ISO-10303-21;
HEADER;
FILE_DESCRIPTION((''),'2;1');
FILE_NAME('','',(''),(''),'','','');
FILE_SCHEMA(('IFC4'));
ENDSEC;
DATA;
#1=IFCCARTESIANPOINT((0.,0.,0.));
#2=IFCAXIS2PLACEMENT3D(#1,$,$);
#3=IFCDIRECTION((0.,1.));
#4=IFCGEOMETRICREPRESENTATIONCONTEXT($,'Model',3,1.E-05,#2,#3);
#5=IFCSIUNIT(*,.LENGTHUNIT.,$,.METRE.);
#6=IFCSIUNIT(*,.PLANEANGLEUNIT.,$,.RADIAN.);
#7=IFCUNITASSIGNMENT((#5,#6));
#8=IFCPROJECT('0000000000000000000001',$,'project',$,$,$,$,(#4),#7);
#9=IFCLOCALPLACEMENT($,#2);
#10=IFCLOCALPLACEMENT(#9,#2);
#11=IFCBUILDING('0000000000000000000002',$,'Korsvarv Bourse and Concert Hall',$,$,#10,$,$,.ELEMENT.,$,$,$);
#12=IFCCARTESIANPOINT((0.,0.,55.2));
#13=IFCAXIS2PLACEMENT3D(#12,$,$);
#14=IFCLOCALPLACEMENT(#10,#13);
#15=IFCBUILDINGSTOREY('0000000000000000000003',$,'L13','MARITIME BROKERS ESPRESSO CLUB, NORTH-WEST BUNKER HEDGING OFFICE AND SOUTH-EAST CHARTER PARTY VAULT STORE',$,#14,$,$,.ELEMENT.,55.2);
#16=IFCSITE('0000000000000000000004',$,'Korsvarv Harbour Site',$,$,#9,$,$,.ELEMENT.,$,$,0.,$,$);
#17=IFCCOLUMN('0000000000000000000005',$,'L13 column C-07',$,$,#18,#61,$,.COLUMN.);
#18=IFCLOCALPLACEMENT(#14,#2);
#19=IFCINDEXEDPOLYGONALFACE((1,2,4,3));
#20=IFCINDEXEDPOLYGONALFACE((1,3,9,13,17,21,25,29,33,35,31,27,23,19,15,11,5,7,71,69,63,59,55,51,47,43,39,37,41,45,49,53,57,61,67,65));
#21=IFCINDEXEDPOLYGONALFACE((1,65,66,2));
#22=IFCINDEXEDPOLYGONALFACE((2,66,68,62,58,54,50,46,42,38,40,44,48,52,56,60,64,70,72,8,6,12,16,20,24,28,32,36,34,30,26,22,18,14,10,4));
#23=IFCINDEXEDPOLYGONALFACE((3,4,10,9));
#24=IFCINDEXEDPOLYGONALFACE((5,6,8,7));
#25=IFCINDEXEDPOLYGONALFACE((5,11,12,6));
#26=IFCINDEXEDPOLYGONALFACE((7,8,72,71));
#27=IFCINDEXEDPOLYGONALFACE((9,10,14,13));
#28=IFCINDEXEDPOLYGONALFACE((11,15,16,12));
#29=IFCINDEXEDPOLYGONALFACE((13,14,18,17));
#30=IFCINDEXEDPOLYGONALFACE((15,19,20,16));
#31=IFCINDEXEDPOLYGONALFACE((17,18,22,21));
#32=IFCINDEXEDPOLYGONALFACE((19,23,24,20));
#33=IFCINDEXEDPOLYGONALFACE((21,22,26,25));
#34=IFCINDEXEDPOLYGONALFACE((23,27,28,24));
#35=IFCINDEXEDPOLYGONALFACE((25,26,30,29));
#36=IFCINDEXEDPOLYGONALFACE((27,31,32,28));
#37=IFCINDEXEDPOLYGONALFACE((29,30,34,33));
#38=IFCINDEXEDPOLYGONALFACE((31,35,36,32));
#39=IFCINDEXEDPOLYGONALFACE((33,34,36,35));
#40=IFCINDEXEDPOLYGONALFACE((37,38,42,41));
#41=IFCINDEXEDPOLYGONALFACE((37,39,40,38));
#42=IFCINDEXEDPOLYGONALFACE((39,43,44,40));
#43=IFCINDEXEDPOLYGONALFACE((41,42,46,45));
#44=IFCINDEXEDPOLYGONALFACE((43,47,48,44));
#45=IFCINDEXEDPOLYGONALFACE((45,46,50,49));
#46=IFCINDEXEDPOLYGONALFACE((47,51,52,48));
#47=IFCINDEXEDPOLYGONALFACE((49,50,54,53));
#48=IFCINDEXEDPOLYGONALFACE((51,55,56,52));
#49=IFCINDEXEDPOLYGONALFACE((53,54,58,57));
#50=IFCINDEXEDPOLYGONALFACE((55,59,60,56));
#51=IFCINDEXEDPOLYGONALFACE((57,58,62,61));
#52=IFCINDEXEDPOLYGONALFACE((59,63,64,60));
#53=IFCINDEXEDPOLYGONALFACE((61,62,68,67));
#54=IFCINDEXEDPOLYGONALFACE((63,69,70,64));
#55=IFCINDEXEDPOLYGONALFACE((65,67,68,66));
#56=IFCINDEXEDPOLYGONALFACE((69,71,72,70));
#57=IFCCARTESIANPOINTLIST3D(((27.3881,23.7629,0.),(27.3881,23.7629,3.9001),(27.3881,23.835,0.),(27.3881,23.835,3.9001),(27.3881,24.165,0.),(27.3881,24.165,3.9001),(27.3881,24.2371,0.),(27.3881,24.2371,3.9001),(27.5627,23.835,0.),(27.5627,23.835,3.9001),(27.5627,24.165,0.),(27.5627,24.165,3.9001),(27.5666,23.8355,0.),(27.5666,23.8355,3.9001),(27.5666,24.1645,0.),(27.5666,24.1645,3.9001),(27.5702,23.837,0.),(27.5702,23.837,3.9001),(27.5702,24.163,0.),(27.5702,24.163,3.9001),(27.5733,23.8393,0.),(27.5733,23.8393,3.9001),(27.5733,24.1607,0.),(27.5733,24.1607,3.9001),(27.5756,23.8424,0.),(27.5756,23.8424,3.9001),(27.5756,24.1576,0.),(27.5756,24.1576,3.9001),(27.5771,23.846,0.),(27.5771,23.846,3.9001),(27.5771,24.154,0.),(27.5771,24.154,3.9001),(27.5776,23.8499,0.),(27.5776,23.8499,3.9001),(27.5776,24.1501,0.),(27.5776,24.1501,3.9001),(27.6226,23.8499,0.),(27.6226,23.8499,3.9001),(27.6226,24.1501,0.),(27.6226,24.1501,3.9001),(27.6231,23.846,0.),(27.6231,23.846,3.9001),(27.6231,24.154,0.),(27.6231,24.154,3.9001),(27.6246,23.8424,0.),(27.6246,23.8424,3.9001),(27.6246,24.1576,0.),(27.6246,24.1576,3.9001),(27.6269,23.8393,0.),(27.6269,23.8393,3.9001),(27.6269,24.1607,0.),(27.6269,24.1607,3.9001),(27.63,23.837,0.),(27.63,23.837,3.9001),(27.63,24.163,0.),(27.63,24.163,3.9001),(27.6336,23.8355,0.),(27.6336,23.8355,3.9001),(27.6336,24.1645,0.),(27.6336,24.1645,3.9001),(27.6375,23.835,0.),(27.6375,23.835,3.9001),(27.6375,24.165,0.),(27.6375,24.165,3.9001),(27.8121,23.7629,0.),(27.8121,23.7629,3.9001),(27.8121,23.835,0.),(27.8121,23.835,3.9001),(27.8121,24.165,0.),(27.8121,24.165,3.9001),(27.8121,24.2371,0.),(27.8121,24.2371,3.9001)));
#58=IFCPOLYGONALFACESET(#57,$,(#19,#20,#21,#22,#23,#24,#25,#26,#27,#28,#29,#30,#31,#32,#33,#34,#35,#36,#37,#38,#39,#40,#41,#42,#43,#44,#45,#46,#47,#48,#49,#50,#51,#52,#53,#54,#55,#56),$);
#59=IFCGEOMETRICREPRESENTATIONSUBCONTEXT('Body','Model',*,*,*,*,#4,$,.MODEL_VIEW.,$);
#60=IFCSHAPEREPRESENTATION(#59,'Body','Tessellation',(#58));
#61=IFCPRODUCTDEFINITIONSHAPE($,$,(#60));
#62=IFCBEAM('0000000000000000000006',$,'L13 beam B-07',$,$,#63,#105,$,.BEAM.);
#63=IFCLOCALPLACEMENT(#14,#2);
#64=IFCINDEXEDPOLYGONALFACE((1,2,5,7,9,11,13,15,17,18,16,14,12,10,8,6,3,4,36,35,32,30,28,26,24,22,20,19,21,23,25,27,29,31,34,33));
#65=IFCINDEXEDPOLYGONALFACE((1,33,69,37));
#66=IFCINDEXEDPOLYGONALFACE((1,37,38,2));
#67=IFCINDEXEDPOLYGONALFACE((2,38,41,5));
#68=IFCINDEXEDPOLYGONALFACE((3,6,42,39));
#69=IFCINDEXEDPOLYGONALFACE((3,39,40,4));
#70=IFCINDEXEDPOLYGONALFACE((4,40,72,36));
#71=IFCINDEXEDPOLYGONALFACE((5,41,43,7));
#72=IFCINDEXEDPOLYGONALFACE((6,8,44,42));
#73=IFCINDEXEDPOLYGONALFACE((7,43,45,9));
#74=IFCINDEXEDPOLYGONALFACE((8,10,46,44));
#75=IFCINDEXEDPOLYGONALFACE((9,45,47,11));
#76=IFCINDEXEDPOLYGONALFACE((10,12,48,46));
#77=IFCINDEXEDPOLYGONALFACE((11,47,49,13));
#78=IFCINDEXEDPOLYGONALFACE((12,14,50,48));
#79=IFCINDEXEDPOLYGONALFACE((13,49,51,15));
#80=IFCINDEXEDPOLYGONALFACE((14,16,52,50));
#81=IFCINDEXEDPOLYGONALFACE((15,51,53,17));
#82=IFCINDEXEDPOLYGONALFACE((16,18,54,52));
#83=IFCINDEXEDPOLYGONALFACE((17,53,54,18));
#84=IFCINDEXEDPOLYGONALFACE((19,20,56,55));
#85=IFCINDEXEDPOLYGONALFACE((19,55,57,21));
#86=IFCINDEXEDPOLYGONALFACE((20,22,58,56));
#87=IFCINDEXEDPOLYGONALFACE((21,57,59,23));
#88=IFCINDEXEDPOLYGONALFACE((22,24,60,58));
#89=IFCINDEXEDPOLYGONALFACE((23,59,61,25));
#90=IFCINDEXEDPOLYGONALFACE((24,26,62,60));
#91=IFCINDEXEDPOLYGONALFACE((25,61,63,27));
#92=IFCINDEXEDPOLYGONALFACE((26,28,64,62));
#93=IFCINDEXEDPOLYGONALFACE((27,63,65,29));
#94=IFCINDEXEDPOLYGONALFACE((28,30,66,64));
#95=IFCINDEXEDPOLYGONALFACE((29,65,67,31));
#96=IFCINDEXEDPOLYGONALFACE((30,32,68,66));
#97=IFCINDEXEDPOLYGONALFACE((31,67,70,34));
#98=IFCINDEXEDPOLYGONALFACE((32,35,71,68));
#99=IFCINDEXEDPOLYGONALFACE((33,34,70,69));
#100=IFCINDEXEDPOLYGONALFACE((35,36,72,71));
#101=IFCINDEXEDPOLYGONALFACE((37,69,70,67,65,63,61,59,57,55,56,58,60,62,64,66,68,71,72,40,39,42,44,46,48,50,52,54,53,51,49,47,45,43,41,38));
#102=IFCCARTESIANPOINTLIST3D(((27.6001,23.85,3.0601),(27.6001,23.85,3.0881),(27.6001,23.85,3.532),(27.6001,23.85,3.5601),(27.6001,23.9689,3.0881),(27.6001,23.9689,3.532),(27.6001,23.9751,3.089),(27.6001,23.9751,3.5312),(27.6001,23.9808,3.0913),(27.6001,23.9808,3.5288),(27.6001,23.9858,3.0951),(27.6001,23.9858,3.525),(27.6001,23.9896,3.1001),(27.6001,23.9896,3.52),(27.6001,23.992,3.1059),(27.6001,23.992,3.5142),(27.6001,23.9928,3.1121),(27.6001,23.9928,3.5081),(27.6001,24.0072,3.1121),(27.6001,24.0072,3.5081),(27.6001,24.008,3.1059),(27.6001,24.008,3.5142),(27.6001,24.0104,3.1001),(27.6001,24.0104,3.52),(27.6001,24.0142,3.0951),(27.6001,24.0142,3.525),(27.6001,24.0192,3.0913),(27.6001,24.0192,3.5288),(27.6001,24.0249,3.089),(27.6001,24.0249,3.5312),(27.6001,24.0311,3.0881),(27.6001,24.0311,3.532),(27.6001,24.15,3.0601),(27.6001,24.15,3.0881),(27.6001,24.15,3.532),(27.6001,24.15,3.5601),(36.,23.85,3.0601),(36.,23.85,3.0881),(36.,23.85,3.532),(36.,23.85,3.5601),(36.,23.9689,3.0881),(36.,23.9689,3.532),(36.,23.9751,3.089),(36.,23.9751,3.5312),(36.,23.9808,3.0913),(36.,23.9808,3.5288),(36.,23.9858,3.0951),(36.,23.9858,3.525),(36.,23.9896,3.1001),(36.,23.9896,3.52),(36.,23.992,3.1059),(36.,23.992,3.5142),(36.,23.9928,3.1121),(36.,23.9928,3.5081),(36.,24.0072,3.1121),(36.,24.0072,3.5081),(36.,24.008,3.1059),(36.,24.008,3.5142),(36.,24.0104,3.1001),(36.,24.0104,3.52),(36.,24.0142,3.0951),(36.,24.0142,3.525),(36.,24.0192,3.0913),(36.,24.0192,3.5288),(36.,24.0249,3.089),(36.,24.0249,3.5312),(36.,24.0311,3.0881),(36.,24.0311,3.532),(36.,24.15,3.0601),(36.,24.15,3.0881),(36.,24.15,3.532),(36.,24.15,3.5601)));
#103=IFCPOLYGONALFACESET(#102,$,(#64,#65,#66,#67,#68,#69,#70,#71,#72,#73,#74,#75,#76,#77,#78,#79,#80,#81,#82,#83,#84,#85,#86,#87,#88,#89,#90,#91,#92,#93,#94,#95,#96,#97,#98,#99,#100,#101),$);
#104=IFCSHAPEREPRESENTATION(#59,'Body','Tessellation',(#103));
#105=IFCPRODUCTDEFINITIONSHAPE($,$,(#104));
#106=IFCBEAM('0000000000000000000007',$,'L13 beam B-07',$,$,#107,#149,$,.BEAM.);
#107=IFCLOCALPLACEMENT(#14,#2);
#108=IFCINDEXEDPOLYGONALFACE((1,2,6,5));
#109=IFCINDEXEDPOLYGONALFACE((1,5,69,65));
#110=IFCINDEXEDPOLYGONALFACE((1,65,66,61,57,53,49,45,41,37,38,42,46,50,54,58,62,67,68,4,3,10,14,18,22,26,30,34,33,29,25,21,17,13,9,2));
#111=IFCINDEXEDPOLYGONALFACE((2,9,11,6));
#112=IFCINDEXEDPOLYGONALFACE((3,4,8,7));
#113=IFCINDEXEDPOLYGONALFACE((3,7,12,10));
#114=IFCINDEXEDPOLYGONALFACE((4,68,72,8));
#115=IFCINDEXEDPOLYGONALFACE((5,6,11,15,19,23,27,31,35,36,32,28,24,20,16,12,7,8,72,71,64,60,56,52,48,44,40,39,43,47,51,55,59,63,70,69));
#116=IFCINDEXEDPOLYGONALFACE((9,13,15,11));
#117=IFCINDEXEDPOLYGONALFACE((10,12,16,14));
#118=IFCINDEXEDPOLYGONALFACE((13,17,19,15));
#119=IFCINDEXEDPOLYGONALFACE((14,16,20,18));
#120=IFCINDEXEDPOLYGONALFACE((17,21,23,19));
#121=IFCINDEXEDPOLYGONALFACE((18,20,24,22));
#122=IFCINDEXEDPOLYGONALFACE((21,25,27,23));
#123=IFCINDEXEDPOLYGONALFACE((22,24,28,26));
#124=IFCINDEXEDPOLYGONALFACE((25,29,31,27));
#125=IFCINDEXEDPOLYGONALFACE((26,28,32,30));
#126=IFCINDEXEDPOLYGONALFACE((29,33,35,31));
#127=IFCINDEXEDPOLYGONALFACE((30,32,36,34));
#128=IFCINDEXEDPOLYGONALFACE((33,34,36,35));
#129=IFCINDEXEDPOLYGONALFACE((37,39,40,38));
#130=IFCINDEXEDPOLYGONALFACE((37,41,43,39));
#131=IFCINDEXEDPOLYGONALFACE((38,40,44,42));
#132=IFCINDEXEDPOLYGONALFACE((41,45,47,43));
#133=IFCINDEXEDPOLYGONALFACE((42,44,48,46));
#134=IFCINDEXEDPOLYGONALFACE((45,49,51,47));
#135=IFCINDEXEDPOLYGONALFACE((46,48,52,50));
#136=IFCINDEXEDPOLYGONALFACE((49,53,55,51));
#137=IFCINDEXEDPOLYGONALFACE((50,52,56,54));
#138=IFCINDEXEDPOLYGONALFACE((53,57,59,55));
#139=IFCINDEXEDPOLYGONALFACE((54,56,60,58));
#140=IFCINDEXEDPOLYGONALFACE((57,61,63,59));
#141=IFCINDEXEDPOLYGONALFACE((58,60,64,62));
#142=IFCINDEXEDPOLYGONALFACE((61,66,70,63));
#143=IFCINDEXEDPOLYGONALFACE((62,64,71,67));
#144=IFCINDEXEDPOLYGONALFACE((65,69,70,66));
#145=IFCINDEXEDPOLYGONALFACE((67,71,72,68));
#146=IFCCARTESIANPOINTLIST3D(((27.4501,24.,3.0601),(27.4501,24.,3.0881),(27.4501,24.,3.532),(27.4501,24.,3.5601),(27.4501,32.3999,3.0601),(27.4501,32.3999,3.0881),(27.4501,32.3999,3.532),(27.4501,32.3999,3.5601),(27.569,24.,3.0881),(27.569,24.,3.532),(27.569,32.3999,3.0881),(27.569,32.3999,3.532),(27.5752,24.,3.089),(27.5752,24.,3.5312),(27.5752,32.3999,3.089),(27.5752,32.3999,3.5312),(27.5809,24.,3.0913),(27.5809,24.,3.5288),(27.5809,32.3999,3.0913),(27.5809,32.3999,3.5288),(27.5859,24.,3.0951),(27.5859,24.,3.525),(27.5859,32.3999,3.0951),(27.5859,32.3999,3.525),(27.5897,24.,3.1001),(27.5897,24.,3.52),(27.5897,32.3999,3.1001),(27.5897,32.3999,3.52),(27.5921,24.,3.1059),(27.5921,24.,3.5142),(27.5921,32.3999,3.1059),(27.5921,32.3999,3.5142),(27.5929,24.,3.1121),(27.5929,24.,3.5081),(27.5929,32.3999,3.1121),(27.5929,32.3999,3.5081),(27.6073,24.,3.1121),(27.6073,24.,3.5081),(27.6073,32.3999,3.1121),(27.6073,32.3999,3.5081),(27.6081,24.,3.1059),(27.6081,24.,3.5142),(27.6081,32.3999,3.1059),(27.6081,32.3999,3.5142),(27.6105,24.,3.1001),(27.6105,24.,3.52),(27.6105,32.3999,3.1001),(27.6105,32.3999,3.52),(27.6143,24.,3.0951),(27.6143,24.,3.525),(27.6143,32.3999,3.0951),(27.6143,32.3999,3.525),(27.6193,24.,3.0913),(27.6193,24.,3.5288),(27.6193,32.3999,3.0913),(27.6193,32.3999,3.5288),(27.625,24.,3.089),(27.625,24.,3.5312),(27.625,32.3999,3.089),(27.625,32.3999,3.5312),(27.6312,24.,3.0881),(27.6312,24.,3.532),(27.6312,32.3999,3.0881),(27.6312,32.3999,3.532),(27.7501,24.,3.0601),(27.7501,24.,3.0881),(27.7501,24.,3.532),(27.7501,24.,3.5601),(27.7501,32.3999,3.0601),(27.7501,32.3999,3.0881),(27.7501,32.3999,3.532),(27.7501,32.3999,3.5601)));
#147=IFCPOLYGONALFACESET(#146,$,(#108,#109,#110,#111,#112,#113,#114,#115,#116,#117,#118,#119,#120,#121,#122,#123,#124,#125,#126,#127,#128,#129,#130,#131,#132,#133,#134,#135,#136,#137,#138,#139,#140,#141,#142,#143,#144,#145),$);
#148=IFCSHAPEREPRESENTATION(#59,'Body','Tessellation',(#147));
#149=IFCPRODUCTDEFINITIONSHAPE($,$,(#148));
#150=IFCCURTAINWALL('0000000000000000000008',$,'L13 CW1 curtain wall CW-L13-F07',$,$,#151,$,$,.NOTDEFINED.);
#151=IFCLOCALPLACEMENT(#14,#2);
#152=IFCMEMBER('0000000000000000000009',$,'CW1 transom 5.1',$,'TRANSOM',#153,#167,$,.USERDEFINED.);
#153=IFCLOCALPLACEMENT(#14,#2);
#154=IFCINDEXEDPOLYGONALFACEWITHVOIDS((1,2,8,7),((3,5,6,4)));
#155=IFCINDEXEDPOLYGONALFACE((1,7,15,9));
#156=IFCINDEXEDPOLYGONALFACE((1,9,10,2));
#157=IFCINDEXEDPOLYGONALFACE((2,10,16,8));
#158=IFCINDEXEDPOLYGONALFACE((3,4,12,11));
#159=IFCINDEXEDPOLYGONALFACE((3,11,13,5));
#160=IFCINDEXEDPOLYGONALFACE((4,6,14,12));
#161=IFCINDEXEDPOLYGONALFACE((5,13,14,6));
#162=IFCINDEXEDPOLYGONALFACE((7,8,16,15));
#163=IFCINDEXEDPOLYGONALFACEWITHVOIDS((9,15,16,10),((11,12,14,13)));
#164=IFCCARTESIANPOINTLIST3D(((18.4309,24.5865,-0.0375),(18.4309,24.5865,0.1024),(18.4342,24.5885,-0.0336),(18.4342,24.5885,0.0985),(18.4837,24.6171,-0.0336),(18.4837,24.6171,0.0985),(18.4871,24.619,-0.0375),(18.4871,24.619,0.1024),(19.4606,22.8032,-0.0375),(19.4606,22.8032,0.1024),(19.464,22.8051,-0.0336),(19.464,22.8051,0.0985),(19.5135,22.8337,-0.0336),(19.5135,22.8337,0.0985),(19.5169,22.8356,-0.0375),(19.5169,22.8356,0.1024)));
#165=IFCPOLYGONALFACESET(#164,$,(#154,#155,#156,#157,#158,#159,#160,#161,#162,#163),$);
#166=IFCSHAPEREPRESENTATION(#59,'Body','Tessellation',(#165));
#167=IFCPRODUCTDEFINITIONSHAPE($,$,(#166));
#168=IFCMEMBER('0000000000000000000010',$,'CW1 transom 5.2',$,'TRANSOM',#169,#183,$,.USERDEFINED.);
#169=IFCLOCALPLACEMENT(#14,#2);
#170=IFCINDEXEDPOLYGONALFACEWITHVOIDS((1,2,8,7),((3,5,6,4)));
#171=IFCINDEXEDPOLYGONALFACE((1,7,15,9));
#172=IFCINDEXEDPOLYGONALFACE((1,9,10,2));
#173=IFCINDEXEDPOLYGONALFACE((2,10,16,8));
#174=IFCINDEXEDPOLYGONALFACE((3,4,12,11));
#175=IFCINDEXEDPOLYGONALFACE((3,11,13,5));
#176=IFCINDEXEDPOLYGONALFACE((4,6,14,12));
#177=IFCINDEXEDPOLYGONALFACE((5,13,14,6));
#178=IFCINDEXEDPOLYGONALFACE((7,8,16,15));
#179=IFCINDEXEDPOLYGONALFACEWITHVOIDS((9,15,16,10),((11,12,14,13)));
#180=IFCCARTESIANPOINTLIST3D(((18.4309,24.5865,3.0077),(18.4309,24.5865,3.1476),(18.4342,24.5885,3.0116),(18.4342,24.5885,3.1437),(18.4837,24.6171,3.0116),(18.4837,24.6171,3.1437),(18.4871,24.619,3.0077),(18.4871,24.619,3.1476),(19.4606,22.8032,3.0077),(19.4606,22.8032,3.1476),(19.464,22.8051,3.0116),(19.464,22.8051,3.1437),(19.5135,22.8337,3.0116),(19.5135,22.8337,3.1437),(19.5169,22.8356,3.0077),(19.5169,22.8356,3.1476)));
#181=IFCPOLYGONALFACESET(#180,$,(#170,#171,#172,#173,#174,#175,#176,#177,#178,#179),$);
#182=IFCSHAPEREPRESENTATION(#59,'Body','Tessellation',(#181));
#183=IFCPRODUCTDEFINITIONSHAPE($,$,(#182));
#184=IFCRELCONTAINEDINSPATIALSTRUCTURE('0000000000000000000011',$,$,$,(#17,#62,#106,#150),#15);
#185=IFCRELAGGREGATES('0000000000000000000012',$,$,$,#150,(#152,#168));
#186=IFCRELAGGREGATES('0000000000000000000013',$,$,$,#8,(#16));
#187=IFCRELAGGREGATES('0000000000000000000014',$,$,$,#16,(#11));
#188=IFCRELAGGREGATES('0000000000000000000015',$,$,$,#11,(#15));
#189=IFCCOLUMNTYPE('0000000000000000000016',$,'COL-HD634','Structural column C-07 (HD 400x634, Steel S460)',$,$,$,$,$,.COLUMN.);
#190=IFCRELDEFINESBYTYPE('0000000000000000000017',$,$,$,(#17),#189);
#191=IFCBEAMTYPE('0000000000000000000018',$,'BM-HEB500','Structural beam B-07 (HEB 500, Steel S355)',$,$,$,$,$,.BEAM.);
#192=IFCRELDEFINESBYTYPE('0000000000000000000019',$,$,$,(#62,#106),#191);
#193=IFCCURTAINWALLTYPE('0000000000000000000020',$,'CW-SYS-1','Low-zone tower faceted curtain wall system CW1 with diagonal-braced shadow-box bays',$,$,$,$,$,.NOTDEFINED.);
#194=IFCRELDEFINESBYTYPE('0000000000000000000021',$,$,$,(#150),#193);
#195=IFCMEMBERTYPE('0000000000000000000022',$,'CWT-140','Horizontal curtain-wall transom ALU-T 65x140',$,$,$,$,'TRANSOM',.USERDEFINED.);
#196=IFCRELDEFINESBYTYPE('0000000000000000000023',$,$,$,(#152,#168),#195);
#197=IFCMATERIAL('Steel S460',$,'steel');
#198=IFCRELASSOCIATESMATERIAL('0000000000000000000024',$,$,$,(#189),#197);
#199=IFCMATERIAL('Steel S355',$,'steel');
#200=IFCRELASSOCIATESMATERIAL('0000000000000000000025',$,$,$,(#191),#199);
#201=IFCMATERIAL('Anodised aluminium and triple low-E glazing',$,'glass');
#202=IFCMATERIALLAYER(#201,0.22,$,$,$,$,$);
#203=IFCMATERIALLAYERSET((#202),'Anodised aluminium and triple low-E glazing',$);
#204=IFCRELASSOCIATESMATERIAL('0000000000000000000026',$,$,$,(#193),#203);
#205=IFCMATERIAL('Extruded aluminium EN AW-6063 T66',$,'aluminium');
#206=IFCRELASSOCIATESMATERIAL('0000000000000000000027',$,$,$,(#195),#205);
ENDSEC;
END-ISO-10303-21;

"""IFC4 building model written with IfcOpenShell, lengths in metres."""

from ifc_helpers import new_model, si_unit, direction, frame, origin, origin_2d, place, context, subcontext, project, spatial, hollow_rectangle, i_section, extrude, source, transform, mapped, material, layer, layer_set, material_profile, profile_set, type_object, element, aggregate, save


model = new_model("IFC4")

# Units and contexts
model_context = context("Model", 3, precision=1e-05, world=origin(), true_north=direction((0.0, 1.0)))
body_context = subcontext(model_context, "Body", "Model", "MODEL_VIEW")
ifc_project = project(units=[si_unit("LENGTHUNIT", "METRE"), si_unit("PLANEANGLEUNIT", "RADIAN")], contexts=[model_context])

# Site, building, storey
site_placement = place(None, origin())
site = spatial("IfcSite", under=ifc_project, at=site_placement, Name="Korsvarv Harbour Site", CompositionType="ELEMENT", RefElevation=0.0)
building_placement = place(site_placement, origin())
building = spatial("IfcBuilding", under=site, at=building_placement, Name="Korsvarv Bourse and Concert Hall", CompositionType="ELEMENT")
storey_placement = place(building_placement, frame((0.0, 0.0, 55.2)))
storey = spatial("IfcBuildingStorey", under=building, at=storey_placement, Name="L13", Description="MARITIME BROKERS ESPRESSO CLUB, NORTH-WEST BUNKER HEDGING OFFICE AND SOUTH-EAST CHARTER PARTY VAULT STORE", CompositionType="ELEMENT", Elevation=55.2)

# Column
ifc_material_1 = material(Name="Steel S460", Category="steel")
ifc_material_profile_1 = material_profile(ifc_material_1, i_section(OverallWidth=0.4241, OverallDepth=0.4741, WebThickness=0.0449, FlangeThickness=0.072, FilletRadius=0.0149, at=origin_2d()), Name="HD 400x634")
ifc_profile_set_1 = profile_set([ifc_material_profile_1], Name="Steel S460")
column_type = type_object("IfcColumnType", Name="COL-HD634", Description="Structural column C-07 (HD 400x634, Steel S460)", PredefinedType="COLUMN", material=ifc_profile_set_1)
shared_shape_1 = source(origin(), body_context, "Body", "SweptSolid", [
    extrude(i_section(OverallWidth=0.4241, OverallDepth=0.4741, WebThickness=0.0449, FlangeThickness=0.072, FilletRadius=0.0149, at=origin_2d()), origin(), (0.0, 0.0, 1.0), 3.9001),
])
column_placement = place(storey_placement, frame((27.6001, 24.0, 0.0), z_axis=(0.0, 0.0, 1.0), x_axis=(1.0, 0.0, 0.0)))
element("IfcColumn", 1, at=column_placement, inside=storey, type_object=column_type, Name="L13 column C-07", PredefinedType="COLUMN", context=body_context, shape_type="MappedRepresentation", body=[
    mapped(shared_shape_1, transform((0.0, 0.0, 0.0), scale=1.0)),
])

# Beams
ifc_material_2 = material(Name="Steel S355", Category="steel")
ifc_material_profile_2 = material_profile(ifc_material_2, i_section(OverallWidth=0.3, OverallDepth=0.5, WebThickness=0.0144, FlangeThickness=0.0281, FilletRadius=0.0239, at=origin_2d()), Name="HEB 500")
ifc_profile_set_2 = profile_set([ifc_material_profile_2], Name="Steel S355")
beam_type = type_object("IfcBeamType", Name="BM-HEB500", Description="Structural beam B-07 (HEB 500, Steel S355)", PredefinedType="BEAM", material=ifc_profile_set_2)
shared_shape_2 = source(origin(), body_context, "Body", "SweptSolid", [
    extrude(i_section(OverallWidth=0.3, OverallDepth=0.5, WebThickness=0.0144, FlangeThickness=0.0281, FilletRadius=0.0239, at=origin_2d()), origin(), (0.0, 0.0, 1.0), 8.3999),
])
for number, where, z_axis, x_axis, name in (
    (2, (27.6001, 24.0, 3.3101), (1.0, 0.0, 0.0), (0.0, 1.0, 0.0), "L13 beam B-07"),
    (3, (27.6001, 24.0, 3.3101), (0.0, 1.0, 0.0), (-1.0, 0.0, 0.0), "L13 beam B-07"),
):
    element("IfcBeam", number, at=place(storey_placement, frame(where, z_axis=z_axis, x_axis=x_axis)), inside=storey, type_object=beam_type, Name=name, PredefinedType="BEAM", context=body_context, shape_type="MappedRepresentation", body=[
        mapped(shared_shape_2, transform((0.0, 0.0, 0.0), scale=1.0)),
    ])

# Curtain wall, members
ifc_material_3 = material(Name="Anodised aluminium and triple low-E glazing", Category="glass")
ifc_layer_1 = layer(ifc_material_3, 0.22)
ifc_layer_set_1 = layer_set([ifc_layer_1], Name="Anodised aluminium and triple low-E glazing")
curtain_wall_type = type_object("IfcCurtainWallType", Name="CW-SYS-1", Description="Low-zone tower faceted curtain wall system CW1 with diagonal-braced shadow-box bays", PredefinedType="NOTDEFINED", material=ifc_layer_set_1)
curtain_wall_placement = place(storey_placement, origin())
curtain_wall = element("IfcCurtainWall", 4, at=curtain_wall_placement, inside=storey, type_object=curtain_wall_type, Name="L13 CW1 curtain wall CW-L13-F07", PredefinedType="NOTDEFINED")
ifc_material_4 = material(Name="Extruded aluminium EN AW-6063 T66", Category="aluminium")
ifc_material_profile_3 = material_profile(ifc_material_4, hollow_rectangle(XDim=0.0649, YDim=0.1399, WallThickness=0.0039, at=origin_2d()), Name="ALU-T 65x140")
ifc_profile_set_3 = profile_set([ifc_material_profile_3], Name="Extruded aluminium EN AW-6063 T66")
member_type_1 = type_object("IfcMemberType", Name="CWT-140", Description="Horizontal curtain-wall transom ALU-T 65x140", ElementType="TRANSOM", PredefinedType="USERDEFINED", material=ifc_profile_set_3)
shared_shape_3 = source(origin(), body_context, "Body", "SweptSolid", [
    extrude(hollow_rectangle(XDim=0.0649, YDim=0.1399, WallThickness=0.0039, at=origin_2d()), origin(), (0.0, 0.0, 1.0), 2.0593),
])
member_1_placement = place(storey_placement, frame((18.459, 24.6028, 0.0325), z_axis=(0.500041, -0.866002, 0.0), x_axis=(0.866002, 0.500041, 0.0)))
member_1 = element("IfcMember", 5, at=member_1_placement, type_object=member_type_1, Name="CW1 transom 5.1", ObjectType="TRANSOM", PredefinedType="USERDEFINED", context=body_context, shape_type="MappedRepresentation", body=[
    mapped(shared_shape_3, transform((0.0, 0.0, 0.0), scale=1.0)),
])
member_2_placement = place(storey_placement, frame((18.459, 24.6028, 3.0776), z_axis=(0.500041, -0.866002, 0.0), x_axis=(0.866002, 0.500041, 0.0)))
member_2 = element("IfcMember", 6, at=member_2_placement, type_object=member_type_1, Name="CW1 transom 5.2", ObjectType="TRANSOM", PredefinedType="USERDEFINED", context=body_context, shape_type="MappedRepresentation", body=[
    mapped(shared_shape_3, transform((0.0, 0.0, 0.0), scale=1.0)),
])
aggregate(curtain_wall, [member_1, member_2])

save(model, "model.ifc")
